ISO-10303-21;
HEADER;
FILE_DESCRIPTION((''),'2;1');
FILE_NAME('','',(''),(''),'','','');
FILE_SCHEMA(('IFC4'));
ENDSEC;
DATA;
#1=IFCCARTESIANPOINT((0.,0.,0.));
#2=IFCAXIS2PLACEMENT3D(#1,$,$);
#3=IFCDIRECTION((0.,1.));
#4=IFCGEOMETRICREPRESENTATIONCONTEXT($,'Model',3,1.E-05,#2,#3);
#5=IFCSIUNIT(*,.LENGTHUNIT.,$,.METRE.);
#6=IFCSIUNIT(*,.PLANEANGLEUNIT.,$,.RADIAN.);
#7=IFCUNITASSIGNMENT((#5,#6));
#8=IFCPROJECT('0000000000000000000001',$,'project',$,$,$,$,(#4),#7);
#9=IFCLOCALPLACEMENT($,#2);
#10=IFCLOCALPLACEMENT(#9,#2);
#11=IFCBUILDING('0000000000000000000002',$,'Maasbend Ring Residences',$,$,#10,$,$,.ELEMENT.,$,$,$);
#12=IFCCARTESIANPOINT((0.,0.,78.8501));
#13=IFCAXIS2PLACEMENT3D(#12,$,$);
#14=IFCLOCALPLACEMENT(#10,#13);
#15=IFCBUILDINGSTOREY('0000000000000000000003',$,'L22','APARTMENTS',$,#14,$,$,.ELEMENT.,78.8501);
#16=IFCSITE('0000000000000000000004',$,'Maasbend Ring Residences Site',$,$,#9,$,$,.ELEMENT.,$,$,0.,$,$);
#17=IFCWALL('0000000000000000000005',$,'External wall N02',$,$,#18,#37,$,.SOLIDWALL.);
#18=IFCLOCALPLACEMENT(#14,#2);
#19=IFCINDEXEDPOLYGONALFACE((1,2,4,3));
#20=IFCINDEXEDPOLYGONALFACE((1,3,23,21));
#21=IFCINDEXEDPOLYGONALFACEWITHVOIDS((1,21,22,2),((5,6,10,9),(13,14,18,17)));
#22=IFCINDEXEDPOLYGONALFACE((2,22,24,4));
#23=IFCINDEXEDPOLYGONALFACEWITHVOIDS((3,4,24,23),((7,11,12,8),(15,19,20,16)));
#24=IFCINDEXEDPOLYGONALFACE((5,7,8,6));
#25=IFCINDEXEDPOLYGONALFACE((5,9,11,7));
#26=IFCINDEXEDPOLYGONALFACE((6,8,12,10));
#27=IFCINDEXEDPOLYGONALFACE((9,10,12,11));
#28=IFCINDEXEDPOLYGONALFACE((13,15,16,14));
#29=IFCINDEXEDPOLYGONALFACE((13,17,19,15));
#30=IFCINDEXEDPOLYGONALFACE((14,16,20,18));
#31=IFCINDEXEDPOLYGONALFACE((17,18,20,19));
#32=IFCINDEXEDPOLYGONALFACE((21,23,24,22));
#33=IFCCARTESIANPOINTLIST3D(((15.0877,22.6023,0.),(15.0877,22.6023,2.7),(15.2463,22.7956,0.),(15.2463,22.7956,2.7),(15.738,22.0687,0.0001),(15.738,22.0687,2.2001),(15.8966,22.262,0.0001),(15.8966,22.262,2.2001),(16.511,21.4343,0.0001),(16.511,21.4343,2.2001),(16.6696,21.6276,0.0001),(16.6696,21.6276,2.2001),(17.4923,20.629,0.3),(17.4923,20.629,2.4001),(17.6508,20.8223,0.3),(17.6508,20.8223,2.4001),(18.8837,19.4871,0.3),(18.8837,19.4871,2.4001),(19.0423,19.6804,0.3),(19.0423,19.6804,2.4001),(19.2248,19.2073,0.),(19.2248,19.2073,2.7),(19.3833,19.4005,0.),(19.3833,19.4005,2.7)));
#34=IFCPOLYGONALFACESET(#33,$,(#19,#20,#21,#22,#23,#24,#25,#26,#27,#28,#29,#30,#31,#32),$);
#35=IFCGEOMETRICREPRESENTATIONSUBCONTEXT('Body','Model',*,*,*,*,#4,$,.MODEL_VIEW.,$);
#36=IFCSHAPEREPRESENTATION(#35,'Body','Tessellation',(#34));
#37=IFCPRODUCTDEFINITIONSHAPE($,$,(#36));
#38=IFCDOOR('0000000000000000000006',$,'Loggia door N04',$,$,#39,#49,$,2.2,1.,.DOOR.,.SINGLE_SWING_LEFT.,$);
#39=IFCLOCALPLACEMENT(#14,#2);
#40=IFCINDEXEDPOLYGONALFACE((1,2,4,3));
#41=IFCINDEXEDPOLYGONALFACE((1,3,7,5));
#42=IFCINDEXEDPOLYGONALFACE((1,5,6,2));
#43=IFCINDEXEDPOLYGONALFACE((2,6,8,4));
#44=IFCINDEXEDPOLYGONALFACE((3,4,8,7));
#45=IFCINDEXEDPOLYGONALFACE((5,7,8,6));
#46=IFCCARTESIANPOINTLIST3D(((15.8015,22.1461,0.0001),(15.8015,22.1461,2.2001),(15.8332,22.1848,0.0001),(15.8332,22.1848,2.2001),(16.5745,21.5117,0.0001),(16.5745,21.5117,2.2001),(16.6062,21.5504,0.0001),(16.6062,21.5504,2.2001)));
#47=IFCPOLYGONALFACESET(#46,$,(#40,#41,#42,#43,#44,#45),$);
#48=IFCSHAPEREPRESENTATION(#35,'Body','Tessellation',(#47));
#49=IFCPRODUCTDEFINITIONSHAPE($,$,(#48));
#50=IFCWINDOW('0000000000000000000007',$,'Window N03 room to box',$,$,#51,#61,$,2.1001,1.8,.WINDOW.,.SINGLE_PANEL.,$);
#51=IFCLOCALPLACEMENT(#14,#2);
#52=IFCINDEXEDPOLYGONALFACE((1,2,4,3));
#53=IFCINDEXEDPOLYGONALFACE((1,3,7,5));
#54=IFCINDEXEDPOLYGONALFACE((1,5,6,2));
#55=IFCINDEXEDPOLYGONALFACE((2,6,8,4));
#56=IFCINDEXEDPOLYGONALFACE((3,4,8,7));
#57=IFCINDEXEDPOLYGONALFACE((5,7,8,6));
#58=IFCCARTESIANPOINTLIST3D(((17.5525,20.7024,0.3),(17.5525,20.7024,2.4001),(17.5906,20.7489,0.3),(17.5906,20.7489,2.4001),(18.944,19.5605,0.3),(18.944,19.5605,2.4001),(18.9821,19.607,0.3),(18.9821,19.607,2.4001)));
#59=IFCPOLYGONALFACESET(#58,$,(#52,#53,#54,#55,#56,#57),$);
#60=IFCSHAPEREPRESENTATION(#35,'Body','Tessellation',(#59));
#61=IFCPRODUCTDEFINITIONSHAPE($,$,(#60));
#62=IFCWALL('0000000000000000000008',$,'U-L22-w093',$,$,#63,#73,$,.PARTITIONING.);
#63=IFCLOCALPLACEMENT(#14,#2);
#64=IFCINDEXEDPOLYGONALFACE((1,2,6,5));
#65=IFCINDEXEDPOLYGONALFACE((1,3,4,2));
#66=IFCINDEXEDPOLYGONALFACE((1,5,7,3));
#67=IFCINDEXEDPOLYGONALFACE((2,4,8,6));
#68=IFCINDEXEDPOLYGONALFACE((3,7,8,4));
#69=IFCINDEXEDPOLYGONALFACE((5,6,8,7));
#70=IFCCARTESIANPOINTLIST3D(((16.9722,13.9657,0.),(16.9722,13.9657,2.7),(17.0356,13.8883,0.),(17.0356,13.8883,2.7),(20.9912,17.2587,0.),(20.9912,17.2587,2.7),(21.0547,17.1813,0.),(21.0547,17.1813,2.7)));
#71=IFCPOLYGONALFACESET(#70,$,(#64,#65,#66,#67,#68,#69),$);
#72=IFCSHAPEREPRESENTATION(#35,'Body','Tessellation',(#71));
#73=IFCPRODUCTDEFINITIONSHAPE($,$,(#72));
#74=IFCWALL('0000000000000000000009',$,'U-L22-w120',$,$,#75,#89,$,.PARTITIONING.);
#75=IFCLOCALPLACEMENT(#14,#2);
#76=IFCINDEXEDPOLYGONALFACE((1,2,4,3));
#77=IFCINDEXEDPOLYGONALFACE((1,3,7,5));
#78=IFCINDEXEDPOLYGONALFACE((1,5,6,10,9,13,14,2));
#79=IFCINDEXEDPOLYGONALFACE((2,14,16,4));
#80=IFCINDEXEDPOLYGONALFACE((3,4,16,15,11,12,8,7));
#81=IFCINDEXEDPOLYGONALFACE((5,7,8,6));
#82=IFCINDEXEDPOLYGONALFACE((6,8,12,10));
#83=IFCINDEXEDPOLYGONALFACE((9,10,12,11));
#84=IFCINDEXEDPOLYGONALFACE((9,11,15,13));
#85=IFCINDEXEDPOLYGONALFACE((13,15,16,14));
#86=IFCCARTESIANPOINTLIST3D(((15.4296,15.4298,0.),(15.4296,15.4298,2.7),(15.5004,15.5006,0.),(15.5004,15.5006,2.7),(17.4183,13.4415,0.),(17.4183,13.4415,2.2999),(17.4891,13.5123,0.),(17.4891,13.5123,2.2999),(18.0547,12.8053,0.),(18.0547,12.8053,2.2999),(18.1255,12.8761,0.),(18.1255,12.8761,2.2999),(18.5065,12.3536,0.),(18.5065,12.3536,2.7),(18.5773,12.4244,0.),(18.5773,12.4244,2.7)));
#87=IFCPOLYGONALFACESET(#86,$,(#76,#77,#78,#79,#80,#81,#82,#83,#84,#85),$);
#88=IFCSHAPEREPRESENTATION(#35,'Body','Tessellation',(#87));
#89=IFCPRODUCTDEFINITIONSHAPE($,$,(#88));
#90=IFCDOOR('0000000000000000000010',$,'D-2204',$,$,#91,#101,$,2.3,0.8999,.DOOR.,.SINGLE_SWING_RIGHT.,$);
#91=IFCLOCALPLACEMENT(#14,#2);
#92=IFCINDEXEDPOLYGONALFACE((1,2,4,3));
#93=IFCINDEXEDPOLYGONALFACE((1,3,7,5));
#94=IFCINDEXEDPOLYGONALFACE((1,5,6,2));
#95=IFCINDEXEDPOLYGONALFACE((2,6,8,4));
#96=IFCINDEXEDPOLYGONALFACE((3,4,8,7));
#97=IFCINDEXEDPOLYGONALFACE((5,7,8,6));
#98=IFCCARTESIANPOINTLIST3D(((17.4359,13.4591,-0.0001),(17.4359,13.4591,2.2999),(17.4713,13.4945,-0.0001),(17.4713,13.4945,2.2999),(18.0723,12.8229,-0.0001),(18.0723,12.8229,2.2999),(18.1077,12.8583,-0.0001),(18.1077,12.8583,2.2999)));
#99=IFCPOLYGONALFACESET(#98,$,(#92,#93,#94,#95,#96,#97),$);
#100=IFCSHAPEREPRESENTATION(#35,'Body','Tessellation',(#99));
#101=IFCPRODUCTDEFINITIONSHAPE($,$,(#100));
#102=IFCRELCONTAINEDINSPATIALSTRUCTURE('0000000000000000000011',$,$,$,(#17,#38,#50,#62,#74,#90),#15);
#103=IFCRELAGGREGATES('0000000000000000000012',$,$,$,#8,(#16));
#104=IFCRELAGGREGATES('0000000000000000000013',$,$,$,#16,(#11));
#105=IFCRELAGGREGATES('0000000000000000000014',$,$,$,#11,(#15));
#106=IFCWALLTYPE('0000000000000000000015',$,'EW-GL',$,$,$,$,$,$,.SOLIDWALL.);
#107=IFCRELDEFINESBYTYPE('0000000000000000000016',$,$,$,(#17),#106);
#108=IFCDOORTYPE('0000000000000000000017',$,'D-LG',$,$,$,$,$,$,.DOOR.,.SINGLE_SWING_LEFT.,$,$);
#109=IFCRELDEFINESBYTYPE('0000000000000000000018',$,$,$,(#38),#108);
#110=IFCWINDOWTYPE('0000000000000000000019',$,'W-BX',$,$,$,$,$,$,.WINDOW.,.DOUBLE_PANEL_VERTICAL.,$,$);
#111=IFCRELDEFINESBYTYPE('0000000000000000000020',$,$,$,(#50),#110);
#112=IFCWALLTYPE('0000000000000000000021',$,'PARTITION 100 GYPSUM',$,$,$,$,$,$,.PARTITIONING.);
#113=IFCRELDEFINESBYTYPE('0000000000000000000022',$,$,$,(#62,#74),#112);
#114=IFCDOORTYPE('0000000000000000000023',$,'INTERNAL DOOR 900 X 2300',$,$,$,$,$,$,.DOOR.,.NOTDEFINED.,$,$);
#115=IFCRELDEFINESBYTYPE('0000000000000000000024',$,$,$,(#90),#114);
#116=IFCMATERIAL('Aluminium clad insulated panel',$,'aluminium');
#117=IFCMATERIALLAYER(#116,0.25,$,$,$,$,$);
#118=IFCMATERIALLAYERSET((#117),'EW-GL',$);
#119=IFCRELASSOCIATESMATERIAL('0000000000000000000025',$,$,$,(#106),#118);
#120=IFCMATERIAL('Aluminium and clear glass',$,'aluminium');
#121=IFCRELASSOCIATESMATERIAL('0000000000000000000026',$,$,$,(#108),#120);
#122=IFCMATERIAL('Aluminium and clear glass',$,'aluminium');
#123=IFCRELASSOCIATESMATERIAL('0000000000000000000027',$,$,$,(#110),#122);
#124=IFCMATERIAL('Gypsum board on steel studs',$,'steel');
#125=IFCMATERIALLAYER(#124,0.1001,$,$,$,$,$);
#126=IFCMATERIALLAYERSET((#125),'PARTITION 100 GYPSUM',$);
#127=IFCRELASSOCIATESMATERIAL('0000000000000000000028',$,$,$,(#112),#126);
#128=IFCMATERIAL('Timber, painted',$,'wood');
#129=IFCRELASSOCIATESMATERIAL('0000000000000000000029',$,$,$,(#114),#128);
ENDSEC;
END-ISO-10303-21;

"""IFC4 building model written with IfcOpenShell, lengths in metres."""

from ifc_helpers import new_model, si_unit, direction, frame, frame_2d, origin, place, context, subcontext, project, spatial, rectangle, extrude, material, layer, layer_set, type_object, element, fill, save


model = new_model("IFC4")

# Units and contexts
model_context = context("Model", 3, precision=1e-05, world=origin(), true_north=direction((0.0, 1.0)))
body_context = subcontext(model_context, "Body", "Model", "MODEL_VIEW")
ifc_project = project(units=[si_unit("LENGTHUNIT", "METRE"), si_unit("PLANEANGLEUNIT", "RADIAN")], contexts=[model_context])

# Site, building, storey
site_placement = place(None, origin())
site = spatial("IfcSite", under=ifc_project, at=site_placement, Name="Maasbend Ring Residences Site", CompositionType="ELEMENT", RefElevation=0.0)
building_placement = place(site_placement, origin())
building = spatial("IfcBuilding", under=site, at=building_placement, Name="Maasbend Ring Residences", CompositionType="ELEMENT")
storey_placement = place(building_placement, frame((0.0, 0.0, 78.8501)))
storey = spatial("IfcBuildingStorey", under=building, at=storey_placement, Name="L22", Description="APARTMENTS", CompositionType="ELEMENT", Elevation=78.8501)

# Wall, openings, door, window
ifc_material_1 = material(Name="Aluminium clad insulated panel", Category="aluminium")
ifc_layer_1 = layer(ifc_material_1, 0.25)
ifc_layer_set_1 = layer_set([ifc_layer_1], Name="EW-GL")
wall_type_1 = type_object("IfcWallType", Name="EW-GL", PredefinedType="SOLIDWALL", material=ifc_layer_set_1)
ifc_material_2 = material(Name="Aluminium and clear glass", Category="aluminium")
door_type_1 = type_object("IfcDoorType", Name="D-LG", OperationType="SINGLE_SWING_LEFT", PredefinedType="DOOR", material=ifc_material_2)
ifc_material_3 = material(Name="Aluminium and clear glass", Category="aluminium")
window_type_1 = type_object("IfcWindowType", Name="W-BX", PartitioningType="DOUBLE_PANEL_VERTICAL", PredefinedType="WINDOW", material=ifc_material_3)
wall_1_placement = place(storey_placement, frame((19.304, 19.304, 0.0), z_axis=(0.0, 0.0, 1.0), x_axis=(-0.773019, 0.634382, 0.0)))
wall_1 = element("IfcWall", 1, at=wall_1_placement, inside=storey, type_object=wall_type_1, Name="External wall N02", PredefinedType="SOLIDWALL", context=body_context, shape_type="SweptSolid", body=[
    extrude(rectangle(XDim=5.3518, YDim=0.25, at=frame_2d((2.6758, 0.0))), origin(), (0.0, 0.0, 1.0), 2.7),
])
opening_1_placement = place(wall_1_placement, frame((0.4412, 0.0, 0.3)))
opening_1 = element("IfcOpeningElement", 2, at=opening_1_placement, cuts=wall_1, PredefinedType="OPENING", context=body_context, shape_type="SweptSolid", body=[
    extrude(rectangle(XDim=1.8, YDim=2.1001, at=frame_2d((0.8999, 1.05))), frame((0.0, 0.135, 0.0), z_axis=(0.0, -1.0, 0.0), x_axis=(1.0, 0.0, 0.0)), (0.0, 0.0, 1.0), 0.27),
])
opening_2_placement = place(wall_1_placement, frame((3.5105, 0.0, 0.0)))
opening_2 = element("IfcOpeningElement", 3, at=opening_2_placement, cuts=wall_1, PredefinedType="OPENING", context=body_context, shape_type="SweptSolid", body=[
    extrude(rectangle(XDim=1.0, YDim=2.2, at=frame_2d((0.5, 1.1001))), frame((0.0, 0.135, 0.0), z_axis=(0.0, -1.0, 0.0), x_axis=(1.0, 0.0, 0.0)), (0.0, 0.0, 1.0), 0.27),
])
door_1_placement = place(opening_2_placement, origin())
door_1 = element("IfcDoor", 4, at=door_1_placement, inside=storey, type_object=door_type_1, Name="Loggia door N04", OperationType="SINGLE_SWING_LEFT", OverallHeight=2.2, OverallWidth=1.0, PredefinedType="DOOR", context=body_context, shape_type="SweptSolid", body=[
    extrude(rectangle(XDim=1.0, YDim=2.2, at=frame_2d((0.5, 1.1001))), frame((0.0, 0.0249, 0.0), z_axis=(0.0, -1.0, 0.0), x_axis=(1.0, 0.0, 0.0)), (0.0, 0.0, 1.0), 0.05),
])
fill(opening_2, door_1)
window_1_placement = place(opening_1_placement, origin())
window_1 = element("IfcWindow", 5, at=window_1_placement, inside=storey, type_object=window_type_1, Name="Window N03 room to box", OverallHeight=2.1001, OverallWidth=1.8, PartitioningType="SINGLE_PANEL", PredefinedType="WINDOW", context=body_context, shape_type="SweptSolid", body=[
    extrude(rectangle(XDim=1.8, YDim=2.1001, at=frame_2d((0.8999, 1.05))), frame((0.0, 0.03, 0.0), z_axis=(0.0, -1.0, 0.0), x_axis=(1.0, 0.0, 0.0)), (0.0, 0.0, 1.0), 0.0601),
])
fill(opening_1, window_1)

# Wall
ifc_material_4 = material(Name="Gypsum board on steel studs", Category="steel")
ifc_layer_2 = layer(ifc_material_4, 0.1001)
ifc_layer_set_2 = layer_set([ifc_layer_2], Name="PARTITION 100 GYPSUM")
wall_type_2 = type_object("IfcWallType", Name="PARTITION 100 GYPSUM", PredefinedType="PARTITIONING", material=ifc_layer_set_2)
wall_2_placement = place(storey_placement, frame((17.0039, 13.927, 0.0), z_axis=(0.0, 0.0, 1.0), x_axis=(0.773517, 0.633775, 0.0)))
element("IfcWall", 6, at=wall_2_placement, inside=storey, type_object=wall_type_2, Name="U-L22-w093", PredefinedType="PARTITIONING", context=body_context, shape_type="SweptSolid", body=[
    extrude(rectangle(XDim=5.1958, YDim=0.1001, at=frame_2d((2.5979, 0.0))), origin(), (0.0, 0.0, 1.0), 2.7),
])

# Wall, opening, door
wall_3_placement = place(storey_placement, frame((15.4651, 15.4651, 0.0), z_axis=(0.0, 0.0, 1.0), x_axis=(0.707191, -0.707023, 0.0)))
wall_3 = element("IfcWall", 7, at=wall_3_placement, inside=storey, type_object=wall_type_2, Name="U-L22-w120", PredefinedType="PARTITIONING", context=body_context, shape_type="SweptSolid", body=[
    extrude(rectangle(XDim=4.3508, YDim=0.1001, at=frame_2d((2.1753, 0.0))), origin(), (0.0, 0.0, 1.0), 2.7),
])
opening_3_placement = place(wall_3_placement, frame((2.812, 0.0, 0.0)))
opening_3 = element("IfcOpeningElement", 8, at=opening_3_placement, cuts=wall_3, PredefinedType="OPENING", context=body_context, shape_type="SweptSolid", body=[
    extrude(rectangle(XDim=0.8999, YDim=2.3, at=frame_2d((0.45, 1.1499))), frame((0.0, 0.0601, 0.0), z_axis=(0.0, -1.0, 0.0), x_axis=(1.0, 0.0, 0.0)), (0.0, 0.0, 1.0), 0.1201),
])
ifc_material_5 = material(Name="Timber, painted", Category="wood")
door_type_2 = type_object("IfcDoorType", Name="INTERNAL DOOR 900 X 2300", OperationType="NOTDEFINED", PredefinedType="DOOR", material=ifc_material_5)
door_2_placement = place(opening_3_placement, origin())
door_2 = element("IfcDoor", 9, at=door_2_placement, inside=storey, type_object=door_type_2, Name="D-2204", OperationType="SINGLE_SWING_RIGHT", OverallHeight=2.3, OverallWidth=0.8999, PredefinedType="DOOR", context=body_context, shape_type="SweptSolid", body=[
    extrude(rectangle(XDim=0.8999, YDim=2.3, at=frame_2d((0.45, 1.1499))), frame((0.0, 0.0249, 0.0), z_axis=(0.0, -1.0, 0.0), x_axis=(1.0, 0.0, 0.0)), (0.0, 0.0, 1.0), 0.05),
])
fill(opening_3, door_2)

save(model, "model.ifc")
